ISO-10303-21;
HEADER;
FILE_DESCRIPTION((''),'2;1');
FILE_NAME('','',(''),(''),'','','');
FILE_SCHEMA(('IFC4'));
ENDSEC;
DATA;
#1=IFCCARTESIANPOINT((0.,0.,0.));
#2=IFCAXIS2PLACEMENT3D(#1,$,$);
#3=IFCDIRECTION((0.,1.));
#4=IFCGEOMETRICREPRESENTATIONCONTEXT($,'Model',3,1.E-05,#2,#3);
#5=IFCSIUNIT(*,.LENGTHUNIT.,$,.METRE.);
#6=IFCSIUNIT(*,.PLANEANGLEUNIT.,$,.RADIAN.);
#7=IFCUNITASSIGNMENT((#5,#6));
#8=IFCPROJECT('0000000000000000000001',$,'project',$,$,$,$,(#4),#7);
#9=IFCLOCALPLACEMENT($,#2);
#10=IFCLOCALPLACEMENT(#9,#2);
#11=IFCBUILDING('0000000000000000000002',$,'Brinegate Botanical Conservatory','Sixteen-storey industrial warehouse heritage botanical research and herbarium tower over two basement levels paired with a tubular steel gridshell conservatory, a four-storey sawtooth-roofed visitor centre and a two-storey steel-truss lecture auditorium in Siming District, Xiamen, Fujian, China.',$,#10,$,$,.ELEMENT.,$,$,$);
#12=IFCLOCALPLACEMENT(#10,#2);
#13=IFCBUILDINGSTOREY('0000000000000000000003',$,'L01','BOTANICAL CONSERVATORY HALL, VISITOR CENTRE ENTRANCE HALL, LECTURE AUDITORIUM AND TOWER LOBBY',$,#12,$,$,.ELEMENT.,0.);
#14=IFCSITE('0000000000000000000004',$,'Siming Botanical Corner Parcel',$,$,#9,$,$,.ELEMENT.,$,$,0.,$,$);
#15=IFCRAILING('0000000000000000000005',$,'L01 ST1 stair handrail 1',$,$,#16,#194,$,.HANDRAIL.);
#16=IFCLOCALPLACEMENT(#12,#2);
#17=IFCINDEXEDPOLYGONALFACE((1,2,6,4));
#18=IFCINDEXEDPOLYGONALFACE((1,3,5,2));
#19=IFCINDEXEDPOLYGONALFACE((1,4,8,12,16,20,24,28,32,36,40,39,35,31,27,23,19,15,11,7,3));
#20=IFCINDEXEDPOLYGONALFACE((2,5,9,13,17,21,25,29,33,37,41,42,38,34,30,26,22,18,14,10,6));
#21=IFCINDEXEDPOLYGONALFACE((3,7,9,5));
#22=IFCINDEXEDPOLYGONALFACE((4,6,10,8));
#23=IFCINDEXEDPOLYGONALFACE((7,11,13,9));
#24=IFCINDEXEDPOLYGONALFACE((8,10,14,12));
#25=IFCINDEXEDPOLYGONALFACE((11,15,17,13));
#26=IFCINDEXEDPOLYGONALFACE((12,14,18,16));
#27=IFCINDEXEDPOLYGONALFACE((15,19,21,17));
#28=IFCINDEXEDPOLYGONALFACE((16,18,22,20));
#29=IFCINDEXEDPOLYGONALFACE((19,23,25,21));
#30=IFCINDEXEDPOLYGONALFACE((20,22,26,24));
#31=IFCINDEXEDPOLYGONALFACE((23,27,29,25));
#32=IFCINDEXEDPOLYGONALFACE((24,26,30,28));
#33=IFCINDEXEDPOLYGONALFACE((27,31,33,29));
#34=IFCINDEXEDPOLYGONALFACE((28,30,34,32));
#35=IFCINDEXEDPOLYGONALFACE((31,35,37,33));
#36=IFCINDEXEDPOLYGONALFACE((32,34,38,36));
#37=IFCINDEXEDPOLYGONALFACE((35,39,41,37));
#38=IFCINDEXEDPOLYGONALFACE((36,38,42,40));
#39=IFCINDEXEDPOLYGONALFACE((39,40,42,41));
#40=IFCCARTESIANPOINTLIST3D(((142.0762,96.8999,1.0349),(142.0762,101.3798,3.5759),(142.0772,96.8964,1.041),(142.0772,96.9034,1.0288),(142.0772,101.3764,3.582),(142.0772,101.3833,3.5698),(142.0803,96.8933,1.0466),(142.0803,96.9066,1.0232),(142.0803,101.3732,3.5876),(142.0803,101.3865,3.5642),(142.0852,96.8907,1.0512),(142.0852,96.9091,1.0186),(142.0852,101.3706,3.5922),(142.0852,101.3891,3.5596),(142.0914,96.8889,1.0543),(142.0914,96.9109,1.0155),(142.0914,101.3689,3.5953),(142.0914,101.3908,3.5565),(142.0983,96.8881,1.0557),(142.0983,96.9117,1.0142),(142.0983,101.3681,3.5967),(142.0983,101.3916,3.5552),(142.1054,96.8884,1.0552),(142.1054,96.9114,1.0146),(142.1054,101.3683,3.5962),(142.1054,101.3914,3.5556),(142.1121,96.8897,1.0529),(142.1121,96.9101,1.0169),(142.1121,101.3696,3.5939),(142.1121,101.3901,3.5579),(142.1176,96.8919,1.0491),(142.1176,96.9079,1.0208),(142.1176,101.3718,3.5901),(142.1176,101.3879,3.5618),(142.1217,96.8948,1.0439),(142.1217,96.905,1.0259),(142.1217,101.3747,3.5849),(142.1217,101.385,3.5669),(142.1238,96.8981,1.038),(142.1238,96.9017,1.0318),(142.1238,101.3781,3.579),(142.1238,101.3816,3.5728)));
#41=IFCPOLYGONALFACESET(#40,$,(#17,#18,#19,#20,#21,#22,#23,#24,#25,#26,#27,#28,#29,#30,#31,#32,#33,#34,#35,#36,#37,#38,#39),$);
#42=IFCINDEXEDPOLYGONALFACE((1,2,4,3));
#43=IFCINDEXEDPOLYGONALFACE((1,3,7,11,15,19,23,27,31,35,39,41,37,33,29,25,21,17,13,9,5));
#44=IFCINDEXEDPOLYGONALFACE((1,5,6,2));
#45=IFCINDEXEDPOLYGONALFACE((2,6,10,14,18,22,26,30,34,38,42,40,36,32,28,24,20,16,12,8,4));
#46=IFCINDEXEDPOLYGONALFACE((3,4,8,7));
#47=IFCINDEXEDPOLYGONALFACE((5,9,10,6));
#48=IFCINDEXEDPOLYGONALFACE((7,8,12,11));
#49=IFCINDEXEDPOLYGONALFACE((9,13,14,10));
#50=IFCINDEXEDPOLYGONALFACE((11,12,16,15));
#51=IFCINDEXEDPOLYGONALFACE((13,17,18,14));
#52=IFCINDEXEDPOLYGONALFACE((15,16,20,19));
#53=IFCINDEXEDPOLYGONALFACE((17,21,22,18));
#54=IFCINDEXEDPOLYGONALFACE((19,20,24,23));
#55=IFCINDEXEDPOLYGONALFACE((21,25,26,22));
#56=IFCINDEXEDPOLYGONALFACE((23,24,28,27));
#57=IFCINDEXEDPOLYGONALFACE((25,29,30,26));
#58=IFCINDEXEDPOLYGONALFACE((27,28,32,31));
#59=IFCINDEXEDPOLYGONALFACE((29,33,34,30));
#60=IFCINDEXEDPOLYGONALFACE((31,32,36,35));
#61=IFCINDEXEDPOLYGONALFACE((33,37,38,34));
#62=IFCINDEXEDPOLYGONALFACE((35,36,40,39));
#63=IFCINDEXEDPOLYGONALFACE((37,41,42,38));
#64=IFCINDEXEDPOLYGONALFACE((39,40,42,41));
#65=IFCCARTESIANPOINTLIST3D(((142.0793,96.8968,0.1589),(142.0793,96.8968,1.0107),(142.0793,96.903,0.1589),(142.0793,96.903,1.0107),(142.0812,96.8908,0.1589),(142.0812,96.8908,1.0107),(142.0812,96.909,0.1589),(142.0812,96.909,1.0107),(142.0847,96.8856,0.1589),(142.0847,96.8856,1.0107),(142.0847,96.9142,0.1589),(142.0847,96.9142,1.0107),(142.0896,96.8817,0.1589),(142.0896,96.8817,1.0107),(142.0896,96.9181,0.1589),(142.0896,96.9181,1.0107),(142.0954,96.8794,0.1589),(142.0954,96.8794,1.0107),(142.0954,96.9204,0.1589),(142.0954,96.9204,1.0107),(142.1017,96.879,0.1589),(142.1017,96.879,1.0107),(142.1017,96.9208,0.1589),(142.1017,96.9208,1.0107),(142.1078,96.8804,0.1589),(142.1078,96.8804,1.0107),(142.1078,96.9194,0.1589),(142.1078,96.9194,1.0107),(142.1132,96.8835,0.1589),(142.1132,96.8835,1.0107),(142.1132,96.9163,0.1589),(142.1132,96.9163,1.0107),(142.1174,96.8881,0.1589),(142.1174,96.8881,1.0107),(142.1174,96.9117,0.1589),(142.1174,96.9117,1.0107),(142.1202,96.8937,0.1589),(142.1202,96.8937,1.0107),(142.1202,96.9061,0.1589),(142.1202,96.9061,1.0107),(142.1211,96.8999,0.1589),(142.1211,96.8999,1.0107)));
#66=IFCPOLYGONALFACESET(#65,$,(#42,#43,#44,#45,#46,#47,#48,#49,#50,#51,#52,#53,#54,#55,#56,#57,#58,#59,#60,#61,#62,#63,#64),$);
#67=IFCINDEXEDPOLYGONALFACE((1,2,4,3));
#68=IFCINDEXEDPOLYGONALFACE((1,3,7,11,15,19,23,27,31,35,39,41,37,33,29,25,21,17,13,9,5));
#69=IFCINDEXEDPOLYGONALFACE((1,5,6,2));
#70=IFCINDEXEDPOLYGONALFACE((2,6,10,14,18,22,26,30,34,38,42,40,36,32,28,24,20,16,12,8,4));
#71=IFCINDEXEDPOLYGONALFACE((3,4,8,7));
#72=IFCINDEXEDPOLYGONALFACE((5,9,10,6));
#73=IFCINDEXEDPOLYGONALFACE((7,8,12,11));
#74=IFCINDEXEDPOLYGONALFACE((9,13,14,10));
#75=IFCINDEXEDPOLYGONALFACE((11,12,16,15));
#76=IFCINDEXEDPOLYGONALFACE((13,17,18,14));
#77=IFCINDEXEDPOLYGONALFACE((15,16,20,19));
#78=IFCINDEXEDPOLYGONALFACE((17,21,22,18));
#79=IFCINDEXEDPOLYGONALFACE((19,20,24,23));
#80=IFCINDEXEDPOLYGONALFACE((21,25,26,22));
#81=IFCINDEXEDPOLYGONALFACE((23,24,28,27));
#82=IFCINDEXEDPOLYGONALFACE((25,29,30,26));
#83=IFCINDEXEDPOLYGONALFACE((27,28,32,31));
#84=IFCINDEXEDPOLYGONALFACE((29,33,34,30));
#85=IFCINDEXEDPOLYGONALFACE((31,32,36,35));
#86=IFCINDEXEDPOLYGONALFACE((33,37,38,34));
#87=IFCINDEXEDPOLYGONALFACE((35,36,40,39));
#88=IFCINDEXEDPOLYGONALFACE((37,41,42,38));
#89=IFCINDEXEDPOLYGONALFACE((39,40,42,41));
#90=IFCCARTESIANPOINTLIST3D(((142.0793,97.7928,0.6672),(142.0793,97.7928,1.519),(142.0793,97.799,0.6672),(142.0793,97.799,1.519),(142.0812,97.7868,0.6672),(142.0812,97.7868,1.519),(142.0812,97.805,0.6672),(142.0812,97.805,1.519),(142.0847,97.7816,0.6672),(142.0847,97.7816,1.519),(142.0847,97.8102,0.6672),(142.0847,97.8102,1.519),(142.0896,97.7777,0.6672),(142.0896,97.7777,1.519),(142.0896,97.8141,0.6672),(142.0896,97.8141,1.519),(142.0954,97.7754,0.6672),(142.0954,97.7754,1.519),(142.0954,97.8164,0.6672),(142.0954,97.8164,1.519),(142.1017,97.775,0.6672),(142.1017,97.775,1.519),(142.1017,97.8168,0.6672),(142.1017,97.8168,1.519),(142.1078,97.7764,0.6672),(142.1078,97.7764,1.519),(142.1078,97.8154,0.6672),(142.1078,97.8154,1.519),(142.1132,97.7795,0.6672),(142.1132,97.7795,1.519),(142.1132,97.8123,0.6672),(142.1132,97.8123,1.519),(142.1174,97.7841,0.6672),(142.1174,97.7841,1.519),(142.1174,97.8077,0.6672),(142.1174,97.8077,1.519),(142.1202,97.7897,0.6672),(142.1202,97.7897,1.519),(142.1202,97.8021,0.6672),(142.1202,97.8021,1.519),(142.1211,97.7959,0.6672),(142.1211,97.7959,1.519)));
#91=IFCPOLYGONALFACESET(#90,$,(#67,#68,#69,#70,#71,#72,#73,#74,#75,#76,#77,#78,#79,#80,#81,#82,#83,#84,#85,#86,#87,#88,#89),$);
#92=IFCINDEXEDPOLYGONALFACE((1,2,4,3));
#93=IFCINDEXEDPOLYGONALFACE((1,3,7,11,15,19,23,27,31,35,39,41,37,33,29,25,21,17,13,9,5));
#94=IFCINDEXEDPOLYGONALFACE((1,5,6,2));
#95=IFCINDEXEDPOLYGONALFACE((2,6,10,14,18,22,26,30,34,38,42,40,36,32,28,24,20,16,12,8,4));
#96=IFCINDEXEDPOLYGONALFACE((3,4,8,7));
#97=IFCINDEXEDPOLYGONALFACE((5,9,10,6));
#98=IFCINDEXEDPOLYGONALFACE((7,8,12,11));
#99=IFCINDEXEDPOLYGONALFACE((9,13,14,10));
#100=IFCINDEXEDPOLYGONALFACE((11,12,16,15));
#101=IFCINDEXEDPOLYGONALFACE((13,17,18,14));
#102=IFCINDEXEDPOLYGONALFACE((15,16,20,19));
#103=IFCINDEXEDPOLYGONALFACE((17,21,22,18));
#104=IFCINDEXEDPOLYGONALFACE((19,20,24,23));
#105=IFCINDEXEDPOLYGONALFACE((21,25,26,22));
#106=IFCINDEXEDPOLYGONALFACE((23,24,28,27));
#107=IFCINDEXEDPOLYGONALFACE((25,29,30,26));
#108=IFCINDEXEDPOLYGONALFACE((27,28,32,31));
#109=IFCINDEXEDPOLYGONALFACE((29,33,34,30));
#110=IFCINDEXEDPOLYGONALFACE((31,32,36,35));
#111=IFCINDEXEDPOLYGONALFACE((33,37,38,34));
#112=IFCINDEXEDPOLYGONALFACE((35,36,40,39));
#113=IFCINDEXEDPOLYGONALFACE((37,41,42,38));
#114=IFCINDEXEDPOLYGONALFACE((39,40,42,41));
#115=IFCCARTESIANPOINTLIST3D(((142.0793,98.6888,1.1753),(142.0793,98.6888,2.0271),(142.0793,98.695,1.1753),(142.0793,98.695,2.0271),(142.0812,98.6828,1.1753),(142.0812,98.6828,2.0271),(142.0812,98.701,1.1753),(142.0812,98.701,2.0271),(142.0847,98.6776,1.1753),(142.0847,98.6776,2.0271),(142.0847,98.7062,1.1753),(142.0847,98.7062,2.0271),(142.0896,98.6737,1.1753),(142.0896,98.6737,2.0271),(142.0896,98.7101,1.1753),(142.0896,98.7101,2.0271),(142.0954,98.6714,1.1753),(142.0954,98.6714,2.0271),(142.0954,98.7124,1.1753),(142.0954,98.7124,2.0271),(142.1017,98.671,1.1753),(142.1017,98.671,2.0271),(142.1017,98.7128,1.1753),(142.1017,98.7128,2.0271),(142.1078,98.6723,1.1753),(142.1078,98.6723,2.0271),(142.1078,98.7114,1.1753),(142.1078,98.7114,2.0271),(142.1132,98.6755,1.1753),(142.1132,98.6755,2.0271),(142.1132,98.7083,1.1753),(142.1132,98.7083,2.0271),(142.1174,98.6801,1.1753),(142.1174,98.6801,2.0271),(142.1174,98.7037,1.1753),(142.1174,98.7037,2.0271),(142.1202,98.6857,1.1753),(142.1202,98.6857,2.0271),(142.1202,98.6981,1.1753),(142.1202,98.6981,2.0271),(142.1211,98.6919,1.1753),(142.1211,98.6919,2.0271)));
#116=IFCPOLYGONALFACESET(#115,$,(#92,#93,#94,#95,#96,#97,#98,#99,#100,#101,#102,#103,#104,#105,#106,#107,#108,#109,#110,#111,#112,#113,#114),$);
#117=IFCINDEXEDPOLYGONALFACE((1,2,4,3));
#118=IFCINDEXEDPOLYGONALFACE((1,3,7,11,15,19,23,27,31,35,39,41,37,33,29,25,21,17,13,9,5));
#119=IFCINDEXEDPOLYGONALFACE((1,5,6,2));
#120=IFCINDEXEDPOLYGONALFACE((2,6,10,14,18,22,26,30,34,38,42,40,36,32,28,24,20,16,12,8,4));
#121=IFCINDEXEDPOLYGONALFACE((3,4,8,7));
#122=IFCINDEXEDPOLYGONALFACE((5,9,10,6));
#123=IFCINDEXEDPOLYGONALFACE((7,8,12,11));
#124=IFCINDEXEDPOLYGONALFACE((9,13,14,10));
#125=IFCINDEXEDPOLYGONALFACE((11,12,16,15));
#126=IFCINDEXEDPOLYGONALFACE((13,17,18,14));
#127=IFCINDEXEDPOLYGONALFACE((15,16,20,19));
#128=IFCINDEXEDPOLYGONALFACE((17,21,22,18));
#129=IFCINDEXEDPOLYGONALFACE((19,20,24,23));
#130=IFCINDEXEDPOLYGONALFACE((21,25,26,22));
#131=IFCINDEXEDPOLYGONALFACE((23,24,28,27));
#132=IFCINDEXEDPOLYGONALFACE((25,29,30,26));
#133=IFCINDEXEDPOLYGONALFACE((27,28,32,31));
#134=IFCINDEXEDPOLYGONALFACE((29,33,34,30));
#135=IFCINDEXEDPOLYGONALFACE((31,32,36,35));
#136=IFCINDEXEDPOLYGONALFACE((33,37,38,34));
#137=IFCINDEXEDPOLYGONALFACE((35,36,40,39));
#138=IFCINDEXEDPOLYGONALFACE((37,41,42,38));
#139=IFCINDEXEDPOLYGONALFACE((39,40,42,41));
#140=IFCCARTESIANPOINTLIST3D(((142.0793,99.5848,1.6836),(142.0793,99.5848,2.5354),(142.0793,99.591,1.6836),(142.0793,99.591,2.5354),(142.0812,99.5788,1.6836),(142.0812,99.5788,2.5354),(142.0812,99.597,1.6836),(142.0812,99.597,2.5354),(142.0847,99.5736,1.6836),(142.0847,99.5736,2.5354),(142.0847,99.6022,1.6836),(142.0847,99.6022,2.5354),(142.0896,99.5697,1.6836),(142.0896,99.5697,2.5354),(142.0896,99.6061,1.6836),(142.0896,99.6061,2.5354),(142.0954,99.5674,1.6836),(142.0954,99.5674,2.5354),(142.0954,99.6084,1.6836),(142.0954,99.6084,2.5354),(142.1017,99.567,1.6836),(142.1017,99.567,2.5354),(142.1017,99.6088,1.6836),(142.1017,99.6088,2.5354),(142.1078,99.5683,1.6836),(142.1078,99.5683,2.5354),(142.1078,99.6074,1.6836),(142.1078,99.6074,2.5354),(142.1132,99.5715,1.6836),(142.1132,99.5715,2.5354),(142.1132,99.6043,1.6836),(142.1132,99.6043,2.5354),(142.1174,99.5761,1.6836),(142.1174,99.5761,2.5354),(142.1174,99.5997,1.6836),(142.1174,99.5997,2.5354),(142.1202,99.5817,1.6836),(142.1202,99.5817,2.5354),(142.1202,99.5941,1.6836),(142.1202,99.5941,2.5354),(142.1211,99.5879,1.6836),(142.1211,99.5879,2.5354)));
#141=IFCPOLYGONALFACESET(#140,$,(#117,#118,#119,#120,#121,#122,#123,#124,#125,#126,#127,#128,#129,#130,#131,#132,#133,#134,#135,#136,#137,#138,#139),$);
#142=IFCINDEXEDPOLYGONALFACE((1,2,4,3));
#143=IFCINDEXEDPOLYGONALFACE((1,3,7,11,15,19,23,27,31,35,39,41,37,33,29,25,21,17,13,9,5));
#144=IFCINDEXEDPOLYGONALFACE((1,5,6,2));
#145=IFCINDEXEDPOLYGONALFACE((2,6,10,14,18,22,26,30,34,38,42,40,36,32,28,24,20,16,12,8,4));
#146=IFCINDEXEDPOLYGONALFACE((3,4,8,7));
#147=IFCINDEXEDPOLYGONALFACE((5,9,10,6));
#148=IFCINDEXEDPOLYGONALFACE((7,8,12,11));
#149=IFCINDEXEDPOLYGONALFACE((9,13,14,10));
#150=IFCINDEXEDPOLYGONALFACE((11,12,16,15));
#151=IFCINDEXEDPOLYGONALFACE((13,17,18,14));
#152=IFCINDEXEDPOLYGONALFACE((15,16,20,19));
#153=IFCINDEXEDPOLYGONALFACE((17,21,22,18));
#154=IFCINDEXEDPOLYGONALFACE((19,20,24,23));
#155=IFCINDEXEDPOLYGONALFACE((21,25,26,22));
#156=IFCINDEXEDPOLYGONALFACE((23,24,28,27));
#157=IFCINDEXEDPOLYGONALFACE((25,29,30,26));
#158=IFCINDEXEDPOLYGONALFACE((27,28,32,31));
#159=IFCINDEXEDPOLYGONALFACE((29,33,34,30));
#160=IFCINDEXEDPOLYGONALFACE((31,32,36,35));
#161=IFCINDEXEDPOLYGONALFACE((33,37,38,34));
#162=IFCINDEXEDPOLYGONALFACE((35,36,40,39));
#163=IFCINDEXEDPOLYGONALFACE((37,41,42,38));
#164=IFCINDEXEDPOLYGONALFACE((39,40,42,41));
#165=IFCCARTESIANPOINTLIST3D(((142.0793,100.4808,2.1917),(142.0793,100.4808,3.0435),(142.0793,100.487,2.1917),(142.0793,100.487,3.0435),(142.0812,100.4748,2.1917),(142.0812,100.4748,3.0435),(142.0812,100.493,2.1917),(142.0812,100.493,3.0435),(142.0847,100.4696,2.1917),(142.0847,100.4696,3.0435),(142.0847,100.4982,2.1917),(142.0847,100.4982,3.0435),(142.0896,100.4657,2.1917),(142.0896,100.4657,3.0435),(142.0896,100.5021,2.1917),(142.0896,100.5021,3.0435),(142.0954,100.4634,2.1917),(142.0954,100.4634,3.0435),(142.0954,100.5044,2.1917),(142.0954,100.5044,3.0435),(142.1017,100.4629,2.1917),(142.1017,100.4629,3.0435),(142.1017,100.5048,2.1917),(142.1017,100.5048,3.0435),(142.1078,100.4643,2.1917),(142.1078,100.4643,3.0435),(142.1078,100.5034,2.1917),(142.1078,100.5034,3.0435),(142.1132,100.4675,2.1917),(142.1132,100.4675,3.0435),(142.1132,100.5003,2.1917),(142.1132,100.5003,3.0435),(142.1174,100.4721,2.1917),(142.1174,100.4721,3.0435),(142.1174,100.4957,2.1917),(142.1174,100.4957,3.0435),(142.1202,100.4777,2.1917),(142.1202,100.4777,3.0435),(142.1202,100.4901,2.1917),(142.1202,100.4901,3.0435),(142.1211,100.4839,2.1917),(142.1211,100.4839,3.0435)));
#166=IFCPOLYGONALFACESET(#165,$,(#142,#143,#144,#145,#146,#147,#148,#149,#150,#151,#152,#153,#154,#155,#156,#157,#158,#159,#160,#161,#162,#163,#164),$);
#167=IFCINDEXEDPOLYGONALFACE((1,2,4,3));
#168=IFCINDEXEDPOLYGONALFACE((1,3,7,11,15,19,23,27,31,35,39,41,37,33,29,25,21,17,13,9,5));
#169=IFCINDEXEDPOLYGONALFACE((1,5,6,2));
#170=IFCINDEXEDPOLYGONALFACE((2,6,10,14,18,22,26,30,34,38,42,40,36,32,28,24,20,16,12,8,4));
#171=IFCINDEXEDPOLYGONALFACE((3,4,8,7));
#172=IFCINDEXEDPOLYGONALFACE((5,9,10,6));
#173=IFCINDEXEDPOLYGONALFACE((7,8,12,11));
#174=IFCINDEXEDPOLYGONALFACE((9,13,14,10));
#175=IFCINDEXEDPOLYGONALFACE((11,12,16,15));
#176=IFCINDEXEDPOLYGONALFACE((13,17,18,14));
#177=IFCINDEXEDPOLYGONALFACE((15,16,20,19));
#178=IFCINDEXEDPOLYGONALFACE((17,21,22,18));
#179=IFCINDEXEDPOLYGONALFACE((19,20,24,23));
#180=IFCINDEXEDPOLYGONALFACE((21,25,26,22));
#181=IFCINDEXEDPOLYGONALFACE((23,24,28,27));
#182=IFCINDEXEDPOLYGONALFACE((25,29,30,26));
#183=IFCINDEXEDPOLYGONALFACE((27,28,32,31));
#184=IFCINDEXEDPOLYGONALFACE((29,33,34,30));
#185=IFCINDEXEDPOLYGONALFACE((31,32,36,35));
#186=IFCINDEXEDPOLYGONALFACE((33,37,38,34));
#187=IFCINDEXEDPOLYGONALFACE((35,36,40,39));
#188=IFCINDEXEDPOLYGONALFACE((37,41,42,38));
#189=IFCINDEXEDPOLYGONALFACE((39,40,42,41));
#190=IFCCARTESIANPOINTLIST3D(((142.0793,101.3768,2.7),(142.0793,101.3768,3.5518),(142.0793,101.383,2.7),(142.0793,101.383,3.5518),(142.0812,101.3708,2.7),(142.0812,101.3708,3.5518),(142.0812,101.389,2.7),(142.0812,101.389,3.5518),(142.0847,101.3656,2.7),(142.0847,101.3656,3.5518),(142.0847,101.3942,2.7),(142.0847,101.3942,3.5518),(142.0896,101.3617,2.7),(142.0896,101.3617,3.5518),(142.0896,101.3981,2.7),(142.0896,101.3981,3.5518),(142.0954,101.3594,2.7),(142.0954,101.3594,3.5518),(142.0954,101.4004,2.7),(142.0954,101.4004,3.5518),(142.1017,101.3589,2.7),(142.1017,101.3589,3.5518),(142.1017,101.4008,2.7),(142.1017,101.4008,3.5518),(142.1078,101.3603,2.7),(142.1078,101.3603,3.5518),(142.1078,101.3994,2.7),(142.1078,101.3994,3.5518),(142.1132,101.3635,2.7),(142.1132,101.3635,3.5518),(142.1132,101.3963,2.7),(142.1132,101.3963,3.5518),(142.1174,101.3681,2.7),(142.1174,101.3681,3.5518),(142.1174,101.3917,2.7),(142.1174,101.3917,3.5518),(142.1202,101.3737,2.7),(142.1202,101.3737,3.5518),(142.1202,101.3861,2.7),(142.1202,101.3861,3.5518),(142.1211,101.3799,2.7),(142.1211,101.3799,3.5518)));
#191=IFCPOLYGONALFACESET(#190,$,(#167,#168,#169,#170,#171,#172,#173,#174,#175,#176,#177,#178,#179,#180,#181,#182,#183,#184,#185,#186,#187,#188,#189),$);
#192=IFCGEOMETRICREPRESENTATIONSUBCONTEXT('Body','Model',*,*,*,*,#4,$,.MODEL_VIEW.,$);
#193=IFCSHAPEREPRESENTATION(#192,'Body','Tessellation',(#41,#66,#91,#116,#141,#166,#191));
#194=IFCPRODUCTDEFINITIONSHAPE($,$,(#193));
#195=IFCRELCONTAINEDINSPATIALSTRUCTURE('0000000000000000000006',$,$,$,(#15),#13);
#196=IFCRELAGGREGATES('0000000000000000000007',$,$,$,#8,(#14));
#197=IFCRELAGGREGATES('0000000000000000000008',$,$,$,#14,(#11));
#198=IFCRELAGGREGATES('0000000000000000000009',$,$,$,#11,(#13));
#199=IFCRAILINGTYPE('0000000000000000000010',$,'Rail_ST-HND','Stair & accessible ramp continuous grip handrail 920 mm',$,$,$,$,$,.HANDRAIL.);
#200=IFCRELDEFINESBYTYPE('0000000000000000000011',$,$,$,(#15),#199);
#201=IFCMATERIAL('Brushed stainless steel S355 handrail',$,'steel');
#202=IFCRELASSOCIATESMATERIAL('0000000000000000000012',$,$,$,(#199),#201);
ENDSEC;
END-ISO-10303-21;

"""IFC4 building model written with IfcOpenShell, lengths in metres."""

from ifc_helpers import new_model, si_unit, direction, frame, origin, origin_2d, place, context, subcontext, project, spatial, circle, extrude, material, type_object, element, save


model = new_model("IFC4")

# Units and contexts
model_context = context("Model", 3, precision=1e-05, world=origin(), true_north=direction((0.0, 1.0)))
body_context = subcontext(model_context, "Body", "Model", "MODEL_VIEW")
ifc_project = project(units=[si_unit("LENGTHUNIT", "METRE"), si_unit("PLANEANGLEUNIT", "RADIAN")], contexts=[model_context])

# Site, building, storey
site_placement = place(None, origin())
site = spatial("IfcSite", under=ifc_project, at=site_placement, Name="Siming Botanical Corner Parcel", CompositionType="ELEMENT", RefElevation=0.0)
building_placement = place(site_placement, origin())
building = spatial("IfcBuilding", under=site, at=building_placement, Name="Brinegate Botanical Conservatory", Description="Sixteen-storey industrial warehouse heritage botanical research and herbarium tower over two basement levels paired with a tubular steel gridshell conservatory, a four-storey sawtooth-roofed visitor centre and a two-storey steel-truss lecture auditorium in Siming District, Xiamen, Fujian, China.", CompositionType="ELEMENT")
storey_placement = place(building_placement, origin())
storey = spatial("IfcBuildingStorey", under=building, at=storey_placement, Name="L01", Description="BOTANICAL CONSERVATORY HALL, VISITOR CENTRE ENTRANCE HALL, LECTURE AUDITORIUM AND TOWER LOBBY", CompositionType="ELEMENT", Elevation=0.0)

# Railing
ifc_material_1 = material(Name="Brushed stainless steel S355 handrail", Category="steel")
railing_type_1 = type_object("IfcRailingType", Name="Rail_ST-HND", Description="Stair & accessible ramp continuous grip handrail 920 mm", PredefinedType="HANDRAIL", material=ifc_material_1)
railing_1_placement = place(storey_placement, frame((142.1001, 96.8999, 0.1589)))
element("IfcRailing", 1, at=railing_1_placement, inside=storey, type_object=railing_type_1, Name="L01 ST1 stair handrail 1", PredefinedType="HANDRAIL", context=body_context, shape_type="SweptSolid", body=[
    extrude(circle(Radius=0.0239, at=origin_2d()), frame((0.0, 0.0, 0.876), z_axis=(0.0, 0.869826, 0.493359), x_axis=(-1.0, 0.0, 0.0)), (0.0, 0.0, 1.0), 5.1504),
    extrude(circle(Radius=0.021, at=origin_2d()), origin(), (0.0, 0.0, 1.0), 0.8518),
    extrude(circle(Radius=0.021, at=origin_2d()), frame((0.0, 0.896, 0.5083)), (0.0, 0.0, 1.0), 0.8518),
    extrude(circle(Radius=0.021, at=origin_2d()), frame((0.0, 1.792, 1.0164)), (0.0, 0.0, 1.0), 0.8518),
    extrude(circle(Radius=0.021, at=origin_2d()), frame((0.0, 2.688, 1.5247)), (0.0, 0.0, 1.0), 0.8518),
    extrude(circle(Radius=0.021, at=origin_2d()), frame((0.0, 3.584, 2.0327)), (0.0, 0.0, 1.0), 0.8518),
    extrude(circle(Radius=0.021, at=origin_2d()), frame((0.0, 4.48, 2.541)), (0.0, 0.0, 1.0), 0.8518),
])

save(model, "model.ifc")
